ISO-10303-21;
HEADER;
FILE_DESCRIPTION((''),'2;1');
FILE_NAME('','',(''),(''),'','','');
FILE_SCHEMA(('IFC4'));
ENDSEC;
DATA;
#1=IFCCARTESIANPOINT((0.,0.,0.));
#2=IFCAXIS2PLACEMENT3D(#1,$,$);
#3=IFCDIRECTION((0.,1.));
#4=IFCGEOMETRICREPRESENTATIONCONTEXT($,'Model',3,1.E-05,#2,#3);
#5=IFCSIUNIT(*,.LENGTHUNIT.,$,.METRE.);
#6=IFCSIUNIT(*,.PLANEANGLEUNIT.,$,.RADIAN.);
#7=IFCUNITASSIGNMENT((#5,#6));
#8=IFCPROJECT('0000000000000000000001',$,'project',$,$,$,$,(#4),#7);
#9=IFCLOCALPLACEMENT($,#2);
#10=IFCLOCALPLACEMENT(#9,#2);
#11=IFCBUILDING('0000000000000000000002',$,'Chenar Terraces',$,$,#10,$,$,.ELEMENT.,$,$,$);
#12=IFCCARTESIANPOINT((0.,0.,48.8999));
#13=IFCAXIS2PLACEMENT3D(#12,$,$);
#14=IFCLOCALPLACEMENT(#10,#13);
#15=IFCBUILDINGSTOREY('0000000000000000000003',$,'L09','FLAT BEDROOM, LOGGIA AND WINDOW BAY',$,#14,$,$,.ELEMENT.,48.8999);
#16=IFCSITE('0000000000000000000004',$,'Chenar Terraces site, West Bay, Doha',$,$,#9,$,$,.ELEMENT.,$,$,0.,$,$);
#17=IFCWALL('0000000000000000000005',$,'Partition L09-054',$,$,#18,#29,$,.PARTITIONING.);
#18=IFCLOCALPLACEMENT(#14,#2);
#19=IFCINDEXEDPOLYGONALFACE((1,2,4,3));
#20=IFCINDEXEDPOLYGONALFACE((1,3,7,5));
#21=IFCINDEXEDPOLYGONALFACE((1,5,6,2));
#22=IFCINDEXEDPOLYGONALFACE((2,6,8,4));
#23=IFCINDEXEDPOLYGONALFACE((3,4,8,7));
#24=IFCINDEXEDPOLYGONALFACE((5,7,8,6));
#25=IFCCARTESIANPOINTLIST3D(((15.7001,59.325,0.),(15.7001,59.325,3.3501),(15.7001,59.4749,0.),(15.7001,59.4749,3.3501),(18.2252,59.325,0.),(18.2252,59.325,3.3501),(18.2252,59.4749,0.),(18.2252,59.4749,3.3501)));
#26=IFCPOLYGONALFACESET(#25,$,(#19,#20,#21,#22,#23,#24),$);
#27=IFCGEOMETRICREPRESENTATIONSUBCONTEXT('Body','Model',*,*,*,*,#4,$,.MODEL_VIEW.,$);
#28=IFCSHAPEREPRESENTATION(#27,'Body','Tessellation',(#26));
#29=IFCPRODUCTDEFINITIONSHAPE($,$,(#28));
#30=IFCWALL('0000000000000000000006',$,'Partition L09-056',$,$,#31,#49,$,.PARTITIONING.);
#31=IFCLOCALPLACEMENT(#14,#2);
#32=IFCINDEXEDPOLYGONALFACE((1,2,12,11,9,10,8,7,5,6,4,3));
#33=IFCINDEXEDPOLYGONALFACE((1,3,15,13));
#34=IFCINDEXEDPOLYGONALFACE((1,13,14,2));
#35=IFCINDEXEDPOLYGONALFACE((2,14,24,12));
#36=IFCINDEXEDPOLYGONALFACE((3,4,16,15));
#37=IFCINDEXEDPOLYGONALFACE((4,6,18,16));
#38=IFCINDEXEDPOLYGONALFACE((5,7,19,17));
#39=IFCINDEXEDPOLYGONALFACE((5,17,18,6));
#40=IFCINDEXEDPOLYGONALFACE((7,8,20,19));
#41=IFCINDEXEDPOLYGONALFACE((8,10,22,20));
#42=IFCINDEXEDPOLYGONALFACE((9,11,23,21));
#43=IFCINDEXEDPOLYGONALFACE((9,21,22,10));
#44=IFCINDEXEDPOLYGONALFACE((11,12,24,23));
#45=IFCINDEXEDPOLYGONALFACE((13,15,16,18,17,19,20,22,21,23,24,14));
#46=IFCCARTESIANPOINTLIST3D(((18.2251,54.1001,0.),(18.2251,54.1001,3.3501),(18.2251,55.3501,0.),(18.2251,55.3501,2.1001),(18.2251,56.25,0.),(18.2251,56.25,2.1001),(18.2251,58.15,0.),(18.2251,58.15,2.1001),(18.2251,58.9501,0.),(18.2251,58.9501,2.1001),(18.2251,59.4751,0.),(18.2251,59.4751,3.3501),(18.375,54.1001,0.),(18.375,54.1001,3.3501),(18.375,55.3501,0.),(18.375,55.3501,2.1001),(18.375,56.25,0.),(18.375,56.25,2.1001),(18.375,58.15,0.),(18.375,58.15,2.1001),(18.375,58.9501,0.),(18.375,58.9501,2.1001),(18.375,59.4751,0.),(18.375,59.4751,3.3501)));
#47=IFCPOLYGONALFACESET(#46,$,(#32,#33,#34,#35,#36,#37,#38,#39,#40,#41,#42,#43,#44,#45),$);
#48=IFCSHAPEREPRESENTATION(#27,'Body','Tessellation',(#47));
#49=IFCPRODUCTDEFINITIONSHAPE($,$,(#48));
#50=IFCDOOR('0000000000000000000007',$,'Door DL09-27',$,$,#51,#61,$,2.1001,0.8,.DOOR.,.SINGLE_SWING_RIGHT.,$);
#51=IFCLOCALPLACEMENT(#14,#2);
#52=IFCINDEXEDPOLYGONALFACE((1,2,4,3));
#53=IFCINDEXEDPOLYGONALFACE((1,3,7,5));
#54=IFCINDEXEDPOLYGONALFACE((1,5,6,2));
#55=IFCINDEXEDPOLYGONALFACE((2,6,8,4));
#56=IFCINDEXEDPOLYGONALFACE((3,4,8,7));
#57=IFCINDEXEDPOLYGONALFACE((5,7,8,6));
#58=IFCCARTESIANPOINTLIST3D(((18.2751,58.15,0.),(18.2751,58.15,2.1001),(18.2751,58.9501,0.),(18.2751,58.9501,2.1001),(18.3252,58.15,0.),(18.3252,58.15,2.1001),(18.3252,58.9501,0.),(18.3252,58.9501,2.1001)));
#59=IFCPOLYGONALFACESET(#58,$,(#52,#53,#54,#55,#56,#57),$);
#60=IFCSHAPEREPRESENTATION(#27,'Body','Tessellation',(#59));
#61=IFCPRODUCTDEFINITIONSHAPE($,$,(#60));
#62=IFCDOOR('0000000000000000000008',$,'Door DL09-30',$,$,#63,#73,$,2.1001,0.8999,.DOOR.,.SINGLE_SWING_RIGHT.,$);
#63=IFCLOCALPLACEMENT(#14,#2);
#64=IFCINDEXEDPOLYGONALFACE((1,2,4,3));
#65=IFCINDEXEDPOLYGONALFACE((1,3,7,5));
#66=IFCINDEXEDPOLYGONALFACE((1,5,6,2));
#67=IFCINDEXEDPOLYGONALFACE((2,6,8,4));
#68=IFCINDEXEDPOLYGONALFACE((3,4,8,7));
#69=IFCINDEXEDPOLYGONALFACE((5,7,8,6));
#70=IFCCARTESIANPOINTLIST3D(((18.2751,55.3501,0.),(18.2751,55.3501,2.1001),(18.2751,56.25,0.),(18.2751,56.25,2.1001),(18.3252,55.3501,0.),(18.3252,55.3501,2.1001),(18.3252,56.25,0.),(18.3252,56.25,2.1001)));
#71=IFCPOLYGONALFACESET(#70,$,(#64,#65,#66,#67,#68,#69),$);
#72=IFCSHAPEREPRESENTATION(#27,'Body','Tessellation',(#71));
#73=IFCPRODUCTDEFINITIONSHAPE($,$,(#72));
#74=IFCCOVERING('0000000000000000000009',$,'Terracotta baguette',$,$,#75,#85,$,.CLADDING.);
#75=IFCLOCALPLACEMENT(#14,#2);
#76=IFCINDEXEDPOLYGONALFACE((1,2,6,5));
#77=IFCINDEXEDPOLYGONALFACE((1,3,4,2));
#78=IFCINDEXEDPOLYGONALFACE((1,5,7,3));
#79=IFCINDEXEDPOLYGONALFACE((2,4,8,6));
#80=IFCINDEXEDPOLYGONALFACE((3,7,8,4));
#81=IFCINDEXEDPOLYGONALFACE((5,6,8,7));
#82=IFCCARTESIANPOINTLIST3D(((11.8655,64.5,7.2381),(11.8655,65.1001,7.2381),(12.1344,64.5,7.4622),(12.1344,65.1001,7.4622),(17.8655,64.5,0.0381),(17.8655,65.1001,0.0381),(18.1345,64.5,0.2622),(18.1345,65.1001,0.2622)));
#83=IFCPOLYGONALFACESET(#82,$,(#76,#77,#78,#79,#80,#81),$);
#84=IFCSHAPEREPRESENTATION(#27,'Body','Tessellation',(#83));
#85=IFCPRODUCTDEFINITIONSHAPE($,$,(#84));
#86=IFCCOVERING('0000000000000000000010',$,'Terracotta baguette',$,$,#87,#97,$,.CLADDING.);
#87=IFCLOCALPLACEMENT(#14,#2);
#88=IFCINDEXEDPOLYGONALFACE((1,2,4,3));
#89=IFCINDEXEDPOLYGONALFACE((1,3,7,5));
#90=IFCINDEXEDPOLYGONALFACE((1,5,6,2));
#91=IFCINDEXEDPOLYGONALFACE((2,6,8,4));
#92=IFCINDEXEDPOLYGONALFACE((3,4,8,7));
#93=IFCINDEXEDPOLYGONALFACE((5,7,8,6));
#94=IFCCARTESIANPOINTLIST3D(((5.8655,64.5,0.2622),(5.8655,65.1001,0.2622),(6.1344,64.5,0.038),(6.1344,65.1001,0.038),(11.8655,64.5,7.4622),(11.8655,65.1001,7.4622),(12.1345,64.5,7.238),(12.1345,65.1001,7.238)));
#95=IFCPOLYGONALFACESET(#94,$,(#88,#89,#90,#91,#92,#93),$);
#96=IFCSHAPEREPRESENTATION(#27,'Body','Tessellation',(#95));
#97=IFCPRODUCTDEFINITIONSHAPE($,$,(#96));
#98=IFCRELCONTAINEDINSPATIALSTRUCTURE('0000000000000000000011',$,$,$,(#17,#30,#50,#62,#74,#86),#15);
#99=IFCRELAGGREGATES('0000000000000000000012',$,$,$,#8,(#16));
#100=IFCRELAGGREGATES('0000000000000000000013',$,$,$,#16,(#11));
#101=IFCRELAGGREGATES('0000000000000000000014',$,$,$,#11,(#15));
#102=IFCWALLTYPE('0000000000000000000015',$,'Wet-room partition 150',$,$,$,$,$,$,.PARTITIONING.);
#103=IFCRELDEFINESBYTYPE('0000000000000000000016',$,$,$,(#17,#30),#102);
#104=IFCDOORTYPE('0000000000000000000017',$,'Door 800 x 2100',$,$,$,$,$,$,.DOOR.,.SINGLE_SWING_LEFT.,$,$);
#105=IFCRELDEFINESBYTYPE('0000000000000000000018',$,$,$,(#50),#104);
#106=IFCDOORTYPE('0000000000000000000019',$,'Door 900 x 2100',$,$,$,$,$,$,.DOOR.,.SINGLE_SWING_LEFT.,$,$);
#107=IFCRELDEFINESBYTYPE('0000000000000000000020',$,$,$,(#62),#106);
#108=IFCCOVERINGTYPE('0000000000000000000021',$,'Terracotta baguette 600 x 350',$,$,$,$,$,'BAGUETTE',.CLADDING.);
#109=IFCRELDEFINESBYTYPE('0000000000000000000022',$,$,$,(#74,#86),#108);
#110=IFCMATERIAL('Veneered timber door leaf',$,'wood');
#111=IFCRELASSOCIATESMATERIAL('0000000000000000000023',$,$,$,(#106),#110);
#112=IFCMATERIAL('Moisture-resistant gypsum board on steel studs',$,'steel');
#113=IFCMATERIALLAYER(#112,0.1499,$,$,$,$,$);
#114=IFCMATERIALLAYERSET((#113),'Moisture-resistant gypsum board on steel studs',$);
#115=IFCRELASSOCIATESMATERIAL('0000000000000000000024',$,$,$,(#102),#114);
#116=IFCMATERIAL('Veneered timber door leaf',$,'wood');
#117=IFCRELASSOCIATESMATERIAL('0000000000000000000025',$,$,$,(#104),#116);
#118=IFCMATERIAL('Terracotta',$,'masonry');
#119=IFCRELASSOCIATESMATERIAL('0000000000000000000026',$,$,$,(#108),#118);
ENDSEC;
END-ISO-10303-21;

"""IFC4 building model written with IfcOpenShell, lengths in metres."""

from ifc_helpers import new_model, si_unit, direction, frame, frame_2d, origin, origin_2d, place, context, subcontext, project, spatial, rectangle, extrude, material, layer, layer_set, material_profile, profile_set, type_object, element, fill, save


model = new_model("IFC4")

# Units and contexts
model_context = context("Model", 3, precision=1e-05, world=origin(), true_north=direction((0.0, 1.0)))
body_context = subcontext(model_context, "Body", "Model", "MODEL_VIEW")
ifc_project = project(units=[si_unit("LENGTHUNIT", "METRE"), si_unit("PLANEANGLEUNIT", "RADIAN")], contexts=[model_context])

# Site, building, storey
site_placement = place(None, origin())
site = spatial("IfcSite", under=ifc_project, at=site_placement, Name="Chenar Terraces site, West Bay, Doha", CompositionType="ELEMENT", RefElevation=0.0)
building_placement = place(site_placement, origin())
building = spatial("IfcBuilding", under=site, at=building_placement, Name="Chenar Terraces", CompositionType="ELEMENT")
storey_placement = place(building_placement, frame((0.0, 0.0, 48.8999)))
storey = spatial("IfcBuildingStorey", under=building, at=storey_placement, Name="L09", Description="FLAT BEDROOM, LOGGIA AND WINDOW BAY", CompositionType="ELEMENT", Elevation=48.8999)

# Shared definitions
ifc_material_1 = material(Name="Veneered timber door leaf", Category="wood")
door_type_1 = type_object("IfcDoorType", Name="Door 900 x 2100", OperationType="SINGLE_SWING_LEFT", PredefinedType="DOOR", material=ifc_material_1)

# Wall
ifc_material_2 = material(Name="Moisture-resistant gypsum board on steel studs", Category="steel")
ifc_layer_1 = layer(ifc_material_2, 0.1499)
ifc_layer_set_1 = layer_set([ifc_layer_1], Name="Moisture-resistant gypsum board on steel studs")
wall_type_1 = type_object("IfcWallType", Name="Wet-room partition 150", PredefinedType="PARTITIONING", material=ifc_layer_set_1)
for number, where, z_axis, x_axis, name in (
    (1, (15.7, 59.3999, 0.0), (0.0, 0.0, 1.0), (1.0, 0.0, 0.0), "Partition L09-054"),
):
    element("IfcWall", number, at=place(storey_placement, frame(where, z_axis=z_axis, x_axis=x_axis)), inside=storey, type_object=wall_type_1, Name=name, PredefinedType="PARTITIONING", context=body_context, shape_type="SweptSolid", body=[
        extrude(rectangle(XDim=2.5251, YDim=0.1499, at=frame_2d((1.2627, 0.0))), origin(), (0.0, 0.0, 1.0), 3.3501),
    ])

# Wall, openings, doors
wall_1_placement = place(storey_placement, frame((18.3, 54.1001, 0.0), z_axis=(0.0, 0.0, 1.0), x_axis=(0.0, 1.0, 0.0)))
wall_1 = element("IfcWall", 2, at=wall_1_placement, inside=storey, type_object=wall_type_1, Name="Partition L09-056", PredefinedType="PARTITIONING", context=body_context, shape_type="SweptSolid", body=[
    extrude(rectangle(XDim=5.375, YDim=0.1499, at=frame_2d((2.6875, 0.0))), origin(), (0.0, 0.0, 1.0), 3.3501),
])
opening_1_placement = place(wall_1_placement, frame((4.05, 0.0, 0.0)))
opening_1 = element("IfcOpeningElement", 3, at=opening_1_placement, cuts=wall_1, PredefinedType="OPENING", context=body_context, shape_type="SweptSolid", body=[
    extrude(rectangle(XDim=0.8, YDim=2.1001, at=frame_2d((0.3999, 1.05))), frame((0.0, 0.085, 0.0), z_axis=(0.0, -1.0, 0.0), x_axis=(1.0, 0.0, 0.0)), (0.0, 0.0, 1.0), 0.1699),
])
opening_2_placement = place(wall_1_placement, frame((1.25, 0.0, 0.0)))
opening_2 = element("IfcOpeningElement", 4, at=opening_2_placement, cuts=wall_1, PredefinedType="OPENING", context=body_context, shape_type="SweptSolid", body=[
    extrude(rectangle(XDim=0.8999, YDim=2.1001, at=frame_2d((0.45, 1.05))), frame((0.0, 0.085, 0.0), z_axis=(0.0, -1.0, 0.0), x_axis=(1.0, 0.0, 0.0)), (0.0, 0.0, 1.0), 0.1699),
])
ifc_material_3 = material(Name="Veneered timber door leaf", Category="wood")
door_type_2 = type_object("IfcDoorType", Name="Door 800 x 2100", OperationType="SINGLE_SWING_LEFT", PredefinedType="DOOR", material=ifc_material_3)
door_1_placement = place(opening_1_placement, origin())
door_1 = element("IfcDoor", 5, at=door_1_placement, inside=storey, type_object=door_type_2, Name="Door DL09-27", OperationType="SINGLE_SWING_RIGHT", OverallHeight=2.1001, OverallWidth=0.8, PredefinedType="DOOR", context=body_context, shape_type="SweptSolid", body=[
    extrude(rectangle(XDim=0.8, YDim=2.1001, at=frame_2d((0.3999, 1.05))), frame((0.0, 0.0249, 0.0), z_axis=(0.0, -1.0, 0.0), x_axis=(1.0, 0.0, 0.0)), (0.0, 0.0, 1.0), 0.05),
])
fill(opening_1, door_1)
door_2_placement = place(opening_2_placement, origin())
door_2 = element("IfcDoor", 6, at=door_2_placement, inside=storey, type_object=door_type_1, Name="Door DL09-30", OperationType="SINGLE_SWING_RIGHT", OverallHeight=2.1001, OverallWidth=0.8999, PredefinedType="DOOR", context=body_context, shape_type="SweptSolid", body=[
    extrude(rectangle(XDim=0.8999, YDim=2.1001, at=frame_2d((0.45, 1.05))), frame((0.0, 0.0249, 0.0), z_axis=(0.0, -1.0, 0.0), x_axis=(1.0, 0.0, 0.0)), (0.0, 0.0, 1.0), 0.05),
])
fill(opening_2, door_2)

# Coverings
ifc_material_4 = material(Name="Terracotta", Category="masonry")
ifc_material_profile_1 = material_profile(ifc_material_4, rectangle(XDim=0.6001, YDim=0.3501, at=origin_2d()), Name="Terracotta baguette 600 x 350")
ifc_profile_set_1 = profile_set([ifc_material_profile_1], Name="Terracotta")
covering_type = type_object("IfcCoveringType", Name="Terracotta baguette 600 x 350", ElementType="BAGUETTE", PredefinedType="CLADDING", material=ifc_profile_set_1)
for number, where, z_axis, x_axis, name in (
    (7, (18.0, 64.8, 0.1501), (-0.640187, 0.0, 0.768219), (0.0, -1.0, 0.0), "Terracotta baguette"),
    (8, (12.0, 64.8, 7.3501), (-0.640187, 0.0, -0.768219), (0.0, -1.0, 0.0), "Terracotta baguette"),
):
    element("IfcCovering", number, at=place(storey_placement, frame(where, z_axis=z_axis, x_axis=x_axis)), inside=storey, type_object=covering_type, Name=name, PredefinedType="CLADDING", context=body_context, shape_type="SweptSolid", body=[
        extrude(rectangle(XDim=0.6001, YDim=0.3501, at=origin_2d()), origin(), (0.0, 0.0, 1.0), 9.3723),
    ])

save(model, "model.ifc")
